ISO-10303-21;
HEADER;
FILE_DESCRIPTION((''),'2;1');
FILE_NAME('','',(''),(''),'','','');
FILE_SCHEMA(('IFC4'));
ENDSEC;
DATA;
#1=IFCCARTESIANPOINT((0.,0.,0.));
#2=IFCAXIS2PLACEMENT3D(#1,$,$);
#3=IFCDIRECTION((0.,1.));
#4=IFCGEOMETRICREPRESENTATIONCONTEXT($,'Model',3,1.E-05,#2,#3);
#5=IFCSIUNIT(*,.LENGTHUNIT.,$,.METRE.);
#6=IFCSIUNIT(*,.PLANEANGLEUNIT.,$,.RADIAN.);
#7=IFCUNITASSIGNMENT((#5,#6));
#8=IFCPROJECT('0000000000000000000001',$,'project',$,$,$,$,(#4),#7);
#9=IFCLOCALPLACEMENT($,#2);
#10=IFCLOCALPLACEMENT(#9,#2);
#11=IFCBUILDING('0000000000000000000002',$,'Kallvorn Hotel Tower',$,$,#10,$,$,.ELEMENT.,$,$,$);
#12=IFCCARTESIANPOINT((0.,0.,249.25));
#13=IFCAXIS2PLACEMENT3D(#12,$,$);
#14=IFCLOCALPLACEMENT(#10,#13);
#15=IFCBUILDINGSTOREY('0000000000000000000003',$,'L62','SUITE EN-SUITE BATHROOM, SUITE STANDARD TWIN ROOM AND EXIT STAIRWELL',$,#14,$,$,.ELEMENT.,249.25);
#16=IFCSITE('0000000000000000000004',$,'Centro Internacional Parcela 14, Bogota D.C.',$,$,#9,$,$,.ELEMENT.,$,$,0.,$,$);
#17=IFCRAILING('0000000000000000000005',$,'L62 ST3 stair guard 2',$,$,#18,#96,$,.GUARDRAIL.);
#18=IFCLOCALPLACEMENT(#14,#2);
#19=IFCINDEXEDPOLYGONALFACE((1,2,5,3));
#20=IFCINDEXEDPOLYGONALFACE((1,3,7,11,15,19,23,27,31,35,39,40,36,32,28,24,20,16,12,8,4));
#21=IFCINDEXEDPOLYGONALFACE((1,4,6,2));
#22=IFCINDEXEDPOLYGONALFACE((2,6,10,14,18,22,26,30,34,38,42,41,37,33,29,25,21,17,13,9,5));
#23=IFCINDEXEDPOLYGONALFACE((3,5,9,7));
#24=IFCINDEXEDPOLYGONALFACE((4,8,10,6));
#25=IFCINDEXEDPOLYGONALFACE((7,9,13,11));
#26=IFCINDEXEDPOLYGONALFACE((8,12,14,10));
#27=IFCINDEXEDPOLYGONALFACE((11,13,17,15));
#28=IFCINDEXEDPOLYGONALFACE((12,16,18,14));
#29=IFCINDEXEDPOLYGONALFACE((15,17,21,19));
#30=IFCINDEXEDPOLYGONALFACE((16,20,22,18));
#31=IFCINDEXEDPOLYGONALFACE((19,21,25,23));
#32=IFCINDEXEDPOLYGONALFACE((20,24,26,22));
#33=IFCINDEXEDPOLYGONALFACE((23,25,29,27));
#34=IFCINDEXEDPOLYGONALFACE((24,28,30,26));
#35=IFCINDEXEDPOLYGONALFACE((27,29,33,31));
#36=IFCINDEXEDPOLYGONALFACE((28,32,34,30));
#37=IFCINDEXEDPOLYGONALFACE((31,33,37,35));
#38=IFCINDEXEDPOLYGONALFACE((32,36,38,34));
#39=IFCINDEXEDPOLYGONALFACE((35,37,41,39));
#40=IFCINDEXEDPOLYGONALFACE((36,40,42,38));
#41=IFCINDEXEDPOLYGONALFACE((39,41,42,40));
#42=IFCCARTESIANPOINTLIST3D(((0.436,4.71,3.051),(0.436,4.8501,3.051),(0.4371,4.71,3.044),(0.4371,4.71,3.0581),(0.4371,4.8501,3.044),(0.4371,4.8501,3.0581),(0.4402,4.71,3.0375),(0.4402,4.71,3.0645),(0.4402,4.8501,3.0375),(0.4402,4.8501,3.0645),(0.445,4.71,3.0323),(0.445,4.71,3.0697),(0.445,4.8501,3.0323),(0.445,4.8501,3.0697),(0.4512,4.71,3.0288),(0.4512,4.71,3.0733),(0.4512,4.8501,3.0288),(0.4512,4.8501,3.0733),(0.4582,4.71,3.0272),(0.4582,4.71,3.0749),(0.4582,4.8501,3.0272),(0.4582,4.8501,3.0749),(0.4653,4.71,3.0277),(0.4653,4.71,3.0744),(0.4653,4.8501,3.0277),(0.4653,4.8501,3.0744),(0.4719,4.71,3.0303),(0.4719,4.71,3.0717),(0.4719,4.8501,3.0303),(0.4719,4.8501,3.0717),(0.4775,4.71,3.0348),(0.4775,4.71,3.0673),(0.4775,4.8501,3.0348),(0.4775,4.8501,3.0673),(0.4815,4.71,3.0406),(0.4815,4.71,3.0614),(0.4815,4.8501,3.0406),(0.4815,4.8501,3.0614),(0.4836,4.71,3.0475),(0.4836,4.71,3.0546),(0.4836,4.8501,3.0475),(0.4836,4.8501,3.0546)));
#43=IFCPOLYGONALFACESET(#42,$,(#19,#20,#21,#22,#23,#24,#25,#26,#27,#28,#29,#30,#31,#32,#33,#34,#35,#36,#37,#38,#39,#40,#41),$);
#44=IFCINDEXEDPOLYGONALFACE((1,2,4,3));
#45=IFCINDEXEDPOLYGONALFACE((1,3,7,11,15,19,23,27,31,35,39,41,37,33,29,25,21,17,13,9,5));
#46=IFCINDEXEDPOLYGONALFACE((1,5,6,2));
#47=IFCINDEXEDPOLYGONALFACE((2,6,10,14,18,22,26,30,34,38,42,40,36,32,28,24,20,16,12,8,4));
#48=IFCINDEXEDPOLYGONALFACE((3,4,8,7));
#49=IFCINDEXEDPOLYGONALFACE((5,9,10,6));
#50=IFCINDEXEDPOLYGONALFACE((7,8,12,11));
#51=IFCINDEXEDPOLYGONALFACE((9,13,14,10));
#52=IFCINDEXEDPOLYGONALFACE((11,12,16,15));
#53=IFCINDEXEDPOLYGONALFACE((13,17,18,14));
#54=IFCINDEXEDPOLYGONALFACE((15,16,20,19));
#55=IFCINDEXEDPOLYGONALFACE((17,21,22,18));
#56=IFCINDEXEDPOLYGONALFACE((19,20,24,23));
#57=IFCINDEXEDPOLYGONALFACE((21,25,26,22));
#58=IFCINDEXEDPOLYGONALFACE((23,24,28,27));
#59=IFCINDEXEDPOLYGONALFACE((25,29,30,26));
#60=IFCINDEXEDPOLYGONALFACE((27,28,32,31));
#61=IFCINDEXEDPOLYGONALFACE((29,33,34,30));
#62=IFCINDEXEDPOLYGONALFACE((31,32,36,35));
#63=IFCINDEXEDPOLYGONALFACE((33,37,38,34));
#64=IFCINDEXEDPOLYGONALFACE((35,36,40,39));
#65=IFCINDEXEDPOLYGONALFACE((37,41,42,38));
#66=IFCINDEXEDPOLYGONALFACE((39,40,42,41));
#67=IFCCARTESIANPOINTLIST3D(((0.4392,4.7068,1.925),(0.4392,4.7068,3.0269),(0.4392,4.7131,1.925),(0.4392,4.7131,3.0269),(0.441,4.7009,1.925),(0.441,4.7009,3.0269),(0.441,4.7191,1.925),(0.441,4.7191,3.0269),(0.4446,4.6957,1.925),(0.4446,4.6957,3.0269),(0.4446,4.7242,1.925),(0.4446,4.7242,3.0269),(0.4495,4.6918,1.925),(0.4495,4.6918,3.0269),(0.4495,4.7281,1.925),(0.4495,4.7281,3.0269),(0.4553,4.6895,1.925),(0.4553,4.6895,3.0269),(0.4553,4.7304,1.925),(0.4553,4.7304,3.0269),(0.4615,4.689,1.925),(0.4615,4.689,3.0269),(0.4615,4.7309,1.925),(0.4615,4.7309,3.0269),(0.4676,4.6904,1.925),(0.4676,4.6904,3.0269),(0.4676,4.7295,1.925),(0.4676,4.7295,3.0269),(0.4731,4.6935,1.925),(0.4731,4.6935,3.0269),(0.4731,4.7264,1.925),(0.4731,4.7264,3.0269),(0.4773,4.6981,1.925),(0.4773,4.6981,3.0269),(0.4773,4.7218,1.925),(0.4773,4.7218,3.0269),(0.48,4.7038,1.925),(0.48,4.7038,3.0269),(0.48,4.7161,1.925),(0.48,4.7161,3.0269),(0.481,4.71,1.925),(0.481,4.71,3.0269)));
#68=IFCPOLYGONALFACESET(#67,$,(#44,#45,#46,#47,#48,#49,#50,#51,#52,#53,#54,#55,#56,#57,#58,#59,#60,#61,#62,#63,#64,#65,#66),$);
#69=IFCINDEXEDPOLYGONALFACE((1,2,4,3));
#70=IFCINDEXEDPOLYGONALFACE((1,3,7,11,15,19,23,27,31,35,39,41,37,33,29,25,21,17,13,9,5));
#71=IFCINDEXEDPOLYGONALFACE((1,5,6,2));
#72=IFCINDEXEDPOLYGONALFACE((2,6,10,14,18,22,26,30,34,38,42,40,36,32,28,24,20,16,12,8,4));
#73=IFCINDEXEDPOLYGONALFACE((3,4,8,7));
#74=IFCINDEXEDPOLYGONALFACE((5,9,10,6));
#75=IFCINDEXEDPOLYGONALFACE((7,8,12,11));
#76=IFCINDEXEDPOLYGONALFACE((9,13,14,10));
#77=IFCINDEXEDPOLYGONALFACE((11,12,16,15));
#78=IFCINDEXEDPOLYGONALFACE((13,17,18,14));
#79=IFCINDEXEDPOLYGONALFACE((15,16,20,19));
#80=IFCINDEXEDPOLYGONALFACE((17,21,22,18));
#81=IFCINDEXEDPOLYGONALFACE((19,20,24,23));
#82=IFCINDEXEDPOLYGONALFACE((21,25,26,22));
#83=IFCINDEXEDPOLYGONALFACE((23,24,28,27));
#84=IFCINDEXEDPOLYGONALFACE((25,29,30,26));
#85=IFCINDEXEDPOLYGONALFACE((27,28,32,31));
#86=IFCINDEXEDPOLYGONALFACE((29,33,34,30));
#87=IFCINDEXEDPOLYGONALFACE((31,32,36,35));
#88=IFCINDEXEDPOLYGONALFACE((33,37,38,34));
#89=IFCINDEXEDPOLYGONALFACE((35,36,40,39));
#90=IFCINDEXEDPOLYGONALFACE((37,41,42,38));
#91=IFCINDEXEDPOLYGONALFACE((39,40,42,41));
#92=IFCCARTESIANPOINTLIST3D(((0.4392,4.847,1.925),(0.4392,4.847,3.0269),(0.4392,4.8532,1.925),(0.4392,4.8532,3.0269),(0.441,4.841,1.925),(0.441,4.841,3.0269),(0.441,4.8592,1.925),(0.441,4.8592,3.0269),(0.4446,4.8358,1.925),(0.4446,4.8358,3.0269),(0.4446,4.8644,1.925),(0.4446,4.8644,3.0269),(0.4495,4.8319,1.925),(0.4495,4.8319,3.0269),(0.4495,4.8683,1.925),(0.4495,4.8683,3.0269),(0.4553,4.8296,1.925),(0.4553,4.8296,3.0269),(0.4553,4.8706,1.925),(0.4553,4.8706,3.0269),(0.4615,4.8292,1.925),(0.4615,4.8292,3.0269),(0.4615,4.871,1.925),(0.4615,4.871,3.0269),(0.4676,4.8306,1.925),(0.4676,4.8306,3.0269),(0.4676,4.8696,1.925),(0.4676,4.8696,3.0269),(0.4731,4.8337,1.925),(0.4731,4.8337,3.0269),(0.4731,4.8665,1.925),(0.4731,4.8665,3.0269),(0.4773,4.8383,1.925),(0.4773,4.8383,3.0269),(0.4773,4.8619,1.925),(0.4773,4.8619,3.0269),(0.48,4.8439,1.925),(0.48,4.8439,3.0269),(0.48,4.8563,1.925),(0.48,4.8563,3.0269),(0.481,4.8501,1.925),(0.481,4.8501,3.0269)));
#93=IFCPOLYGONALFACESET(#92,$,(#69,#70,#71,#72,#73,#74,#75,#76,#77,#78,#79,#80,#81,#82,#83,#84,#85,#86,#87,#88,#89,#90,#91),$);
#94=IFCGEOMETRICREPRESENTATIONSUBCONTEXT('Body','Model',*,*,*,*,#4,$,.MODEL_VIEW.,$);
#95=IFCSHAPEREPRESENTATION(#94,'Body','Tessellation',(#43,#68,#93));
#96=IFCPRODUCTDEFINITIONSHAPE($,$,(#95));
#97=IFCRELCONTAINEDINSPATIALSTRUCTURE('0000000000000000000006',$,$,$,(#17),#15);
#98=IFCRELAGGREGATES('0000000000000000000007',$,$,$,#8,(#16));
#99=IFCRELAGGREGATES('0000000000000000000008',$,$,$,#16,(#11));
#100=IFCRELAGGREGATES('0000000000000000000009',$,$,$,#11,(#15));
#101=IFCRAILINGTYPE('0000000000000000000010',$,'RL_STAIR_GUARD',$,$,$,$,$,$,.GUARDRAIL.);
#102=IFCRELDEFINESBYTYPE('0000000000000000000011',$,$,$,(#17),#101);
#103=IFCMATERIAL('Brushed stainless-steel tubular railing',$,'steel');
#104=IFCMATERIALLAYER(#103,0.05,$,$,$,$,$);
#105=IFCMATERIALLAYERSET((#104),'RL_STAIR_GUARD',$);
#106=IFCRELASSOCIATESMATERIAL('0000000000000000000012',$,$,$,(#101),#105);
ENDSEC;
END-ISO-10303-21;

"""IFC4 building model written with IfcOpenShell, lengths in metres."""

from ifc_helpers import new_model, si_unit, direction, frame, origin, origin_2d, place, context, subcontext, project, spatial, circle, extrude, material, layer, layer_set, type_object, element, save


model = new_model("IFC4")

# Units and contexts
model_context = context("Model", 3, precision=1e-05, world=origin(), true_north=direction((0.0, 1.0)))
body_context = subcontext(model_context, "Body", "Model", "MODEL_VIEW")
ifc_project = project(units=[si_unit("LENGTHUNIT", "METRE"), si_unit("PLANEANGLEUNIT", "RADIAN")], contexts=[model_context])

# Site, building, storey
site_placement = place(None, origin())
site = spatial("IfcSite", under=ifc_project, at=site_placement, Name="Centro Internacional Parcela 14, Bogota D.C.", CompositionType="ELEMENT", RefElevation=0.0)
building_placement = place(site_placement, origin())
building = spatial("IfcBuilding", under=site, at=building_placement, Name="Kallvorn Hotel Tower", CompositionType="ELEMENT")
storey_placement = place(building_placement, frame((0.0, 0.0, 249.25)))
storey = spatial("IfcBuildingStorey", under=building, at=storey_placement, Name="L62", Description="SUITE EN-SUITE BATHROOM, SUITE STANDARD TWIN ROOM AND EXIT STAIRWELL", CompositionType="ELEMENT", Elevation=249.25)

# Railing
ifc_material_1 = material(Name="Brushed stainless-steel tubular railing", Category="steel")
ifc_layer_1 = layer(ifc_material_1, 0.05)
ifc_layer_set_1 = layer_set([ifc_layer_1], Name="RL_STAIR_GUARD")
railing_type_1 = type_object("IfcRailingType", Name="RL_STAIR_GUARD", PredefinedType="GUARDRAIL", material=ifc_layer_set_1)
railing_1_placement = place(storey_placement, frame((0.46, 4.71, 1.925)))
element("IfcRailing", 1, at=railing_1_placement, inside=storey, type_object=railing_type_1, Name="L62 ST3 stair guard 2", PredefinedType="GUARDRAIL", context=body_context, shape_type="SweptSolid", body=[
    extrude(circle(Radius=0.0239, at=origin_2d()), frame((0.0, 0.0, 1.126), z_axis=(0.0, 1.0, 0.0), x_axis=(-1.0, 0.0, 0.0)), (0.0, 0.0, 1.0), 0.1401),
    extrude(circle(Radius=0.021, at=origin_2d()), origin(), (0.0, 0.0, 1.0), 1.1018),
    extrude(circle(Radius=0.021, at=origin_2d()), frame((0.0, 0.1401, 0.0)), (0.0, 0.0, 1.0), 1.1018),
])

save(model, "model.ifc")
